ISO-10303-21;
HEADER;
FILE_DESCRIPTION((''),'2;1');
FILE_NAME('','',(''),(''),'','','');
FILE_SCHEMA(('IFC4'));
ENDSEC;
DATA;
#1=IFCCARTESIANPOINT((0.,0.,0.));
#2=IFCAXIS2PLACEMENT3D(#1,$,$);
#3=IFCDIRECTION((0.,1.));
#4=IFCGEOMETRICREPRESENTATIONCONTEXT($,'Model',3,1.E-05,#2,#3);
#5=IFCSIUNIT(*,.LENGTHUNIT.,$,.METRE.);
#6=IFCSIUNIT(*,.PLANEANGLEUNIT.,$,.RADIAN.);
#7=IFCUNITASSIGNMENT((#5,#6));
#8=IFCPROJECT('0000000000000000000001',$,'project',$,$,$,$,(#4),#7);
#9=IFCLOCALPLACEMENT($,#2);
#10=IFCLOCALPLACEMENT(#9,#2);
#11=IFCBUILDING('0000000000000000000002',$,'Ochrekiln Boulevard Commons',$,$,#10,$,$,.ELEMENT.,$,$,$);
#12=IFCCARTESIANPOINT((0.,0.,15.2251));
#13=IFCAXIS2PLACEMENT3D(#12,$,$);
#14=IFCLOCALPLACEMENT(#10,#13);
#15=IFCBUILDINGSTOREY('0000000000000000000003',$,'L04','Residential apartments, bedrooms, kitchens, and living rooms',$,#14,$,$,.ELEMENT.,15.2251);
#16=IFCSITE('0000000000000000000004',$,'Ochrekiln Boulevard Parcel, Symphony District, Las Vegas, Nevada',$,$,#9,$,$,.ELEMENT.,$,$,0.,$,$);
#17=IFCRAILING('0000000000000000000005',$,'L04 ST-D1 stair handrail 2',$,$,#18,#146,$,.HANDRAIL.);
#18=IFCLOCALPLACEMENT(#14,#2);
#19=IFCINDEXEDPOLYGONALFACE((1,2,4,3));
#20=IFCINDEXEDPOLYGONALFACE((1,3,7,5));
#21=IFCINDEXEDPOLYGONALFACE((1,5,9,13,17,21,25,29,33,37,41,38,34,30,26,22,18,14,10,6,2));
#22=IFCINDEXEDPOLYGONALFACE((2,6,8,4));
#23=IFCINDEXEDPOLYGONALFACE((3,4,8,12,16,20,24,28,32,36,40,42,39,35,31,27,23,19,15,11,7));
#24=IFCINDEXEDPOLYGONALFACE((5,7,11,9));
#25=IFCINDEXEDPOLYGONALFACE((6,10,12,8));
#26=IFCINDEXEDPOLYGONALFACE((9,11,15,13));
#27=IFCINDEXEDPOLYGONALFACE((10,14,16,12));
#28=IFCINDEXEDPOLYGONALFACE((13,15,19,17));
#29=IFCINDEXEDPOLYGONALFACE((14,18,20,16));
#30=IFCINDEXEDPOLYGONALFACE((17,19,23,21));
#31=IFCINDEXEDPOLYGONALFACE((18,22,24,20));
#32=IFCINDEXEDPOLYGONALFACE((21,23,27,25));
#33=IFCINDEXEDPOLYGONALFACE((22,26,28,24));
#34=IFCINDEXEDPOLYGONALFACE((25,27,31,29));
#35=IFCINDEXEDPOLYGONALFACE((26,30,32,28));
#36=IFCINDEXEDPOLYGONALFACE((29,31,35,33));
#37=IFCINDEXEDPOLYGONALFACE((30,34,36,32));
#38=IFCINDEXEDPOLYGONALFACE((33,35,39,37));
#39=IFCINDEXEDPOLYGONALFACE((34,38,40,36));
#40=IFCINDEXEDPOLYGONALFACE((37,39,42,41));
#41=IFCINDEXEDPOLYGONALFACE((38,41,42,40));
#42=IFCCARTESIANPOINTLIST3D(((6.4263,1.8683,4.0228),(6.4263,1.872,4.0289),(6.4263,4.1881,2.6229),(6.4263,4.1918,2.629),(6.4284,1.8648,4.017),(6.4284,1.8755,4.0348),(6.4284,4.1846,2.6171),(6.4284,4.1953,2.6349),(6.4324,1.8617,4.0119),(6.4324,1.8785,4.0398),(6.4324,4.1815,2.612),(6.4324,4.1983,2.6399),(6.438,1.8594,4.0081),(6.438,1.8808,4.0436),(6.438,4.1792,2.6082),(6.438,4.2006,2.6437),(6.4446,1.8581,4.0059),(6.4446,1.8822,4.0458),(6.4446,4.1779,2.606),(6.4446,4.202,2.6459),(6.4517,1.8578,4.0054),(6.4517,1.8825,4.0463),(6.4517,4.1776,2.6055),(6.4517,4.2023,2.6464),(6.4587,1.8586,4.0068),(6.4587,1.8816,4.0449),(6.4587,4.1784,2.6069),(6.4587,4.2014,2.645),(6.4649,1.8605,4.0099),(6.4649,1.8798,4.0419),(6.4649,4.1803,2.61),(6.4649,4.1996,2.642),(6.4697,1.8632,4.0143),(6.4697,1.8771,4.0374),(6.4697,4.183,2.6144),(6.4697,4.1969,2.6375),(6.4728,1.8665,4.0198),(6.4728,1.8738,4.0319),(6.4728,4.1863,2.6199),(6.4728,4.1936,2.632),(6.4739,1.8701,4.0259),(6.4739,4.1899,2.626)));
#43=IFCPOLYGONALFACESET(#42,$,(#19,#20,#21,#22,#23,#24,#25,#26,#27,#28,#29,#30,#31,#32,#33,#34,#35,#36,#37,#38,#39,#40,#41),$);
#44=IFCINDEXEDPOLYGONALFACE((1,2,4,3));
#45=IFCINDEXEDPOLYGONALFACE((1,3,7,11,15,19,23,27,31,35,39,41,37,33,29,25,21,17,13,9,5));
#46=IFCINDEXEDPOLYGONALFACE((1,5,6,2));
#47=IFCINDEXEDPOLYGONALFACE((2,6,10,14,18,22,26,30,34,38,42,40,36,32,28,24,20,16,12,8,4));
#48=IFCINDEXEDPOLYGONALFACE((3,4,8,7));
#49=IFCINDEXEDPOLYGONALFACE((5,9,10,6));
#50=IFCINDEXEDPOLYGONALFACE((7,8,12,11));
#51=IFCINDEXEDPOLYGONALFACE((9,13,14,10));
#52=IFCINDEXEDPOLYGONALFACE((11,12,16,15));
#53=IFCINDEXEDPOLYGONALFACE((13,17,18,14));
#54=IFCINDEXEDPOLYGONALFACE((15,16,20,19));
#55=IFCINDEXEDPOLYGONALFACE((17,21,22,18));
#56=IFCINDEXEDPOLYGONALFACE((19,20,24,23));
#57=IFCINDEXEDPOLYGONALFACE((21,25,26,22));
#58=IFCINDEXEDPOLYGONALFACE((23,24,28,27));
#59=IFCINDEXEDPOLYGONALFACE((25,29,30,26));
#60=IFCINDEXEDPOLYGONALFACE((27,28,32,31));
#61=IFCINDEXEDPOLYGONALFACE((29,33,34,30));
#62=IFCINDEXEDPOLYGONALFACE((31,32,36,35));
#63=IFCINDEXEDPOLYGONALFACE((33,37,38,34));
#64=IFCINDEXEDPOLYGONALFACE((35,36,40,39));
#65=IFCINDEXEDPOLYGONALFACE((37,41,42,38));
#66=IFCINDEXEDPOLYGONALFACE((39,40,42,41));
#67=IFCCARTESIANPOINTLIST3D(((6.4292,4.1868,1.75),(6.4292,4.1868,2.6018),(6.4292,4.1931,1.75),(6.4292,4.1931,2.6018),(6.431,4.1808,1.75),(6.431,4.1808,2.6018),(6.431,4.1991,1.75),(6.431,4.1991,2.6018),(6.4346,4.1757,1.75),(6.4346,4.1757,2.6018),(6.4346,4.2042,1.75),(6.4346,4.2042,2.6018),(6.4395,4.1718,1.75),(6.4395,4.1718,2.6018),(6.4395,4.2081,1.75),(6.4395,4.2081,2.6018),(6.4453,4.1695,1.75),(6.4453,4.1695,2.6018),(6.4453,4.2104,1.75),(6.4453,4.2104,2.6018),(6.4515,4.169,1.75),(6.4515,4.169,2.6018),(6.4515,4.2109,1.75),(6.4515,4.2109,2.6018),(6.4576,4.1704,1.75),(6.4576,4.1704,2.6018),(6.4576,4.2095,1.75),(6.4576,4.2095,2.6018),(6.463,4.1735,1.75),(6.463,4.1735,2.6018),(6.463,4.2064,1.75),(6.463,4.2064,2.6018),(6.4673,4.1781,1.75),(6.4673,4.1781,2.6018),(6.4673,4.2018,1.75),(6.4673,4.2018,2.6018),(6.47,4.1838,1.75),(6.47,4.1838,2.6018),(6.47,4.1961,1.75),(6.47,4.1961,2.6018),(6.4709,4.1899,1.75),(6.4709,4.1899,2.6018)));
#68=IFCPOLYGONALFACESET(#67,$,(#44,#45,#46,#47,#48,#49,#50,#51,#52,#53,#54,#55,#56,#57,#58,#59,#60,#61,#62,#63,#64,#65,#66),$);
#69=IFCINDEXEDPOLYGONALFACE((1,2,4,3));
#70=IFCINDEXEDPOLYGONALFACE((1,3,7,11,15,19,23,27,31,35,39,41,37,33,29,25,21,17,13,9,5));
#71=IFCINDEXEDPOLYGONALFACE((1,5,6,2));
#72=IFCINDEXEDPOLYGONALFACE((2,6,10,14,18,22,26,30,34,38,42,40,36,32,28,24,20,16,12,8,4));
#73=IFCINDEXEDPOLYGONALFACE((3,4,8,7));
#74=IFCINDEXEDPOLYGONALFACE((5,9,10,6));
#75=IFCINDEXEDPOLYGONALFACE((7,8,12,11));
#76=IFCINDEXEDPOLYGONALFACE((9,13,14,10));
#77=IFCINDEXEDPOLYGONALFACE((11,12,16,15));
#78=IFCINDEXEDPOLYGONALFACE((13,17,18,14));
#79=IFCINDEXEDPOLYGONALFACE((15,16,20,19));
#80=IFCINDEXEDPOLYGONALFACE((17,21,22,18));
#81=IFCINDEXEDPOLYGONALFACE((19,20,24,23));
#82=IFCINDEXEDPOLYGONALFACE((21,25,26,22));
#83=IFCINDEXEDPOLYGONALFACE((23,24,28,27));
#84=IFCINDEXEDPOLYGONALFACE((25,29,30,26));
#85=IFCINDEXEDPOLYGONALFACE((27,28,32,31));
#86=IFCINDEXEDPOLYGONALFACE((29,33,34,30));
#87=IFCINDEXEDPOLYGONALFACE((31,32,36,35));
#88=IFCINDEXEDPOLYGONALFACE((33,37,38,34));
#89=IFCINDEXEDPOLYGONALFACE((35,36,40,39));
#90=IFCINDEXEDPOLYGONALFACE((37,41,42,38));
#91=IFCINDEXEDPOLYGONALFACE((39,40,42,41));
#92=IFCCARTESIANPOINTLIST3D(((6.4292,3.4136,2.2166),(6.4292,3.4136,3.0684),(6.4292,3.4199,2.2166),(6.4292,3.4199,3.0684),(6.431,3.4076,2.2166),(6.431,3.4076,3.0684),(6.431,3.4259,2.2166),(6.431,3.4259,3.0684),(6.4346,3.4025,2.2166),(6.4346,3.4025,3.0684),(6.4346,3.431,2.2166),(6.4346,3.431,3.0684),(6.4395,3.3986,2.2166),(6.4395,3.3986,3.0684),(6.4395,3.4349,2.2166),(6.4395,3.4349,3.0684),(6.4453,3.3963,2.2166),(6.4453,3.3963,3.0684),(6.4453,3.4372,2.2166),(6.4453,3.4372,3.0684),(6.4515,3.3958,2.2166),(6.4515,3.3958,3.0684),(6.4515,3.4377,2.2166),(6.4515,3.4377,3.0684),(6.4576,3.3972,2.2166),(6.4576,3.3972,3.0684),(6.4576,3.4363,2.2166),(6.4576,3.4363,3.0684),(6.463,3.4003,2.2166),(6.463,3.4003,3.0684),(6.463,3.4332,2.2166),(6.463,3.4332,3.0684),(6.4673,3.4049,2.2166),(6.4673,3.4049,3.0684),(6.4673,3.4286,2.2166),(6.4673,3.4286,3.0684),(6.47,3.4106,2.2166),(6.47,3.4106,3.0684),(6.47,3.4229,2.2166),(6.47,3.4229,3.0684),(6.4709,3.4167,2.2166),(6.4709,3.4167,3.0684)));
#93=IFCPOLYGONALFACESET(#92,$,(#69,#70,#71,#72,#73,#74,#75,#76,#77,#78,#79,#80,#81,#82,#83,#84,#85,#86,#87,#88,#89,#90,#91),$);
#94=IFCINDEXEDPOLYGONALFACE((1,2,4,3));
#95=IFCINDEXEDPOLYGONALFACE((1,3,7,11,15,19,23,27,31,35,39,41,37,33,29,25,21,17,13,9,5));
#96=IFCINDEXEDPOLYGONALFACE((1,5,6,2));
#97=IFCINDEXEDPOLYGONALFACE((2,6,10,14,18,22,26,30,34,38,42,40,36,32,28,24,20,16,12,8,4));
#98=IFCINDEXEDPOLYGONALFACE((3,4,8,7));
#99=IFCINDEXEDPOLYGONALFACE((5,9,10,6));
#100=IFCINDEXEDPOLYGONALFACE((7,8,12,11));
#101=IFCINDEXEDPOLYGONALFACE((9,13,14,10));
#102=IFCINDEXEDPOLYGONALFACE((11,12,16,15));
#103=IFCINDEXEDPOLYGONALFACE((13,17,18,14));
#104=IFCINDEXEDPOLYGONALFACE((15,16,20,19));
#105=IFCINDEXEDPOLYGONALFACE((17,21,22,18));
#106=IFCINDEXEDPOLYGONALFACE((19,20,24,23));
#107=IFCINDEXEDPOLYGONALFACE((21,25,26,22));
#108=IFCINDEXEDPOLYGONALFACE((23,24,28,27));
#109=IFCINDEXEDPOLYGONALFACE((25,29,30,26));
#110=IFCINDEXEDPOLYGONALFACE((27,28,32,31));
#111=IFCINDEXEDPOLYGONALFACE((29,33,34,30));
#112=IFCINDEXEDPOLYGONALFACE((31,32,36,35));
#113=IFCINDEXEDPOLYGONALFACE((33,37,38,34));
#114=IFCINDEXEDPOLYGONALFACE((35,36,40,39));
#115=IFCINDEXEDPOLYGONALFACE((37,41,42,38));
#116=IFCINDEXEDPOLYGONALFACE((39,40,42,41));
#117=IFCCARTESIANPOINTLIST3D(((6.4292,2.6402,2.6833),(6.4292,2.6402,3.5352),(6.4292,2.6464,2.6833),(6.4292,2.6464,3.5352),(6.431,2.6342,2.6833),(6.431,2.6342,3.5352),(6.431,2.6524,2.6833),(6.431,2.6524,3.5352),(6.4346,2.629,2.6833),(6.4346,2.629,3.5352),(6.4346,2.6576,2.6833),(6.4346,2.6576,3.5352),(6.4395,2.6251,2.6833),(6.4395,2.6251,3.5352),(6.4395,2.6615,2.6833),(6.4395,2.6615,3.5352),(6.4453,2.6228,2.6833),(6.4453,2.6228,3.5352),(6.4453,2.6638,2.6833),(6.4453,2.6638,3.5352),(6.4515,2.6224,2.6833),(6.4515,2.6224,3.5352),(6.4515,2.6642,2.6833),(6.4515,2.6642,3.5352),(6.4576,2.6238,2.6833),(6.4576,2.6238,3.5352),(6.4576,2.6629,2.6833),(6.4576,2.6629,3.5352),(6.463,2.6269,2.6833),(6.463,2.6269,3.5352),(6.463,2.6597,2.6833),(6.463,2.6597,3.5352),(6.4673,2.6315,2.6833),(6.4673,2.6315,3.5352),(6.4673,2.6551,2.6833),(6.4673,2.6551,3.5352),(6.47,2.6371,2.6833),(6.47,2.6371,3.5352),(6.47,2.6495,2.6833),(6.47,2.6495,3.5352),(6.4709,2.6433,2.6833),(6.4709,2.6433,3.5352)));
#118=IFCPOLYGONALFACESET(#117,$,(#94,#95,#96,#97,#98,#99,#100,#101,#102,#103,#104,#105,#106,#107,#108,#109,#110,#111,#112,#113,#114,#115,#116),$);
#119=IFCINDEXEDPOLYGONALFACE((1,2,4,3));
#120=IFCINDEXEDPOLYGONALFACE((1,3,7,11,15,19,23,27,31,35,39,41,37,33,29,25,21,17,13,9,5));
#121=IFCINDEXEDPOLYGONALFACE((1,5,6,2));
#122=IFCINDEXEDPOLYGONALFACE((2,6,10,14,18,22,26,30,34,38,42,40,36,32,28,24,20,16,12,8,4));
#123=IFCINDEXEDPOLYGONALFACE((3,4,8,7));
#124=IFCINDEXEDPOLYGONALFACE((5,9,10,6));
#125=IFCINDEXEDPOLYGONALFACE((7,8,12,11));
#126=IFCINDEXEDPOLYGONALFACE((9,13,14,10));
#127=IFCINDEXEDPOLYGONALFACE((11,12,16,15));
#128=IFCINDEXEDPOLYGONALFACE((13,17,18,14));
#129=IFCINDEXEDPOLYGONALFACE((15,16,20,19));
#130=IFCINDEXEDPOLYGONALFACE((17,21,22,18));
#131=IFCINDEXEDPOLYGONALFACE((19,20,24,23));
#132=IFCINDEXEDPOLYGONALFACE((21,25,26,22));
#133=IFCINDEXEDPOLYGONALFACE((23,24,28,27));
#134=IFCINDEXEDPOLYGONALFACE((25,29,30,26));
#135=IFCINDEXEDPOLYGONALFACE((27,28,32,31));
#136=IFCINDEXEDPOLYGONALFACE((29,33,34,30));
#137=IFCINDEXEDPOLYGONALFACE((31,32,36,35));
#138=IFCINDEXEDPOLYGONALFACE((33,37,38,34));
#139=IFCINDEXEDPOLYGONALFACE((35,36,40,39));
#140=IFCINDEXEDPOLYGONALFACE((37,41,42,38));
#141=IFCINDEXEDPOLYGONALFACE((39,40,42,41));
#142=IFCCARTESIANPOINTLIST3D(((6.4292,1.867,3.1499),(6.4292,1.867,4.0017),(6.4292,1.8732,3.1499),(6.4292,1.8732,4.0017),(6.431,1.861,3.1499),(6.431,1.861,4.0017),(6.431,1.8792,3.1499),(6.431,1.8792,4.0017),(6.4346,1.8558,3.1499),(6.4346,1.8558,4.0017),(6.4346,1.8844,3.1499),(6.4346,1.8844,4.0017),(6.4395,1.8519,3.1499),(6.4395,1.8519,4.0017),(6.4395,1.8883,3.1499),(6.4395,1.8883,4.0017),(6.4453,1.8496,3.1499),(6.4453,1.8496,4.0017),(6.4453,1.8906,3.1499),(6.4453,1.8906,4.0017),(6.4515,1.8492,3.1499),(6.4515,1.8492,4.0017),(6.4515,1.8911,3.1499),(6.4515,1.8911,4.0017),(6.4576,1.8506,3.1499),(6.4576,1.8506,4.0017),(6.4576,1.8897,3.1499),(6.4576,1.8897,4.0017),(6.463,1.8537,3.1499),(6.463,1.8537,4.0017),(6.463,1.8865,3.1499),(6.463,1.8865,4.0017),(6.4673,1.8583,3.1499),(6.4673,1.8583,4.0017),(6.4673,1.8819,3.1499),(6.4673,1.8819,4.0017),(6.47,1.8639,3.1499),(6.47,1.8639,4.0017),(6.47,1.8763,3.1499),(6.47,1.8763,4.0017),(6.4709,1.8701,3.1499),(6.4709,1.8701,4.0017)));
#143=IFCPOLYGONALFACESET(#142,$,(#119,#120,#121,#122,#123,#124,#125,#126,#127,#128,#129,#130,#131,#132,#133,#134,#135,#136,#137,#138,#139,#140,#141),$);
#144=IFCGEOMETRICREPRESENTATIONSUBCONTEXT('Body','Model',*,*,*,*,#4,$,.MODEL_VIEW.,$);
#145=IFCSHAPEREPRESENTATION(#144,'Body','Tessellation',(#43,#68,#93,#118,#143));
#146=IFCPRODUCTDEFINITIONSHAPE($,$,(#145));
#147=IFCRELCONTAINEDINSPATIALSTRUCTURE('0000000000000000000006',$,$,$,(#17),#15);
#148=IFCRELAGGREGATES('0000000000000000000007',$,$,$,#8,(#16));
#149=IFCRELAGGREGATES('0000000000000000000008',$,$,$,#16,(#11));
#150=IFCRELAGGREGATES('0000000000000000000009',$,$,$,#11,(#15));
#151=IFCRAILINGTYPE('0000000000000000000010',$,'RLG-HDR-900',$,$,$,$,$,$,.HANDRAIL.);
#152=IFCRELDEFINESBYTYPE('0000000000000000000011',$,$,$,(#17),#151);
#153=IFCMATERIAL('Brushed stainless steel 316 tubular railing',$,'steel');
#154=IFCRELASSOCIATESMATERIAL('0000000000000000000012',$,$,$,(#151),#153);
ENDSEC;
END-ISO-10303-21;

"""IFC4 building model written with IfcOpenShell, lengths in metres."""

from ifc_helpers import new_model, si_unit, direction, frame, origin, origin_2d, place, context, subcontext, project, spatial, circle, extrude, material, type_object, element, save


model = new_model("IFC4")

# Units and contexts
model_context = context("Model", 3, precision=1e-05, world=origin(), true_north=direction((0.0, 1.0)))
body_context = subcontext(model_context, "Body", "Model", "MODEL_VIEW")
ifc_project = project(units=[si_unit("LENGTHUNIT", "METRE"), si_unit("PLANEANGLEUNIT", "RADIAN")], contexts=[model_context])

# Site, building, storey
site_placement = place(None, origin())
site = spatial("IfcSite", under=ifc_project, at=site_placement, Name="Ochrekiln Boulevard Parcel, Symphony District, Las Vegas, Nevada", CompositionType="ELEMENT", RefElevation=0.0)
building_placement = place(site_placement, origin())
building = spatial("IfcBuilding", under=site, at=building_placement, Name="Ochrekiln Boulevard Commons", CompositionType="ELEMENT")
storey_placement = place(building_placement, frame((0.0, 0.0, 15.2251)))
storey = spatial("IfcBuildingStorey", under=building, at=storey_placement, Name="L04", Description="Residential apartments, bedrooms, kitchens, and living rooms", CompositionType="ELEMENT", Elevation=15.2251)

# Railing
ifc_material_1 = material(Name="Brushed stainless steel 316 tubular railing", Category="steel")
railing_type_1 = type_object("IfcRailingType", Name="RLG-HDR-900", PredefinedType="HANDRAIL", material=ifc_material_1)
railing_1_placement = place(storey_placement, frame((6.45, 4.1899, 1.75)))
element("IfcRailing", 1, at=railing_1_placement, inside=storey, type_object=railing_type_1, Name="L04 ST-D1 stair handrail 2", PredefinedType="HANDRAIL", context=body_context, shape_type="SweptSolid", body=[
    extrude(circle(Radius=0.0239, at=origin_2d()), frame((0.0, 0.0, 0.876), z_axis=(0.0, -0.856186, 0.516667), x_axis=(1.0, 0.0, 0.0)), (0.0, 0.0, 1.0), 2.7095),
    extrude(circle(Radius=0.021, at=origin_2d()), origin(), (0.0, 0.0, 1.0), 0.8518),
    extrude(circle(Radius=0.021, at=origin_2d()), frame((0.0, -0.7732, 0.4666)), (0.0, 0.0, 1.0), 0.8518),
    extrude(circle(Radius=0.021, at=origin_2d()), frame((0.0, -1.5466, 0.9333)), (0.0, 0.0, 1.0), 0.8518),
    extrude(circle(Radius=0.021, at=origin_2d()), frame((0.0, -2.3198, 1.3999)), (0.0, 0.0, 1.0), 0.8518),
])

save(model, "model.ifc")
